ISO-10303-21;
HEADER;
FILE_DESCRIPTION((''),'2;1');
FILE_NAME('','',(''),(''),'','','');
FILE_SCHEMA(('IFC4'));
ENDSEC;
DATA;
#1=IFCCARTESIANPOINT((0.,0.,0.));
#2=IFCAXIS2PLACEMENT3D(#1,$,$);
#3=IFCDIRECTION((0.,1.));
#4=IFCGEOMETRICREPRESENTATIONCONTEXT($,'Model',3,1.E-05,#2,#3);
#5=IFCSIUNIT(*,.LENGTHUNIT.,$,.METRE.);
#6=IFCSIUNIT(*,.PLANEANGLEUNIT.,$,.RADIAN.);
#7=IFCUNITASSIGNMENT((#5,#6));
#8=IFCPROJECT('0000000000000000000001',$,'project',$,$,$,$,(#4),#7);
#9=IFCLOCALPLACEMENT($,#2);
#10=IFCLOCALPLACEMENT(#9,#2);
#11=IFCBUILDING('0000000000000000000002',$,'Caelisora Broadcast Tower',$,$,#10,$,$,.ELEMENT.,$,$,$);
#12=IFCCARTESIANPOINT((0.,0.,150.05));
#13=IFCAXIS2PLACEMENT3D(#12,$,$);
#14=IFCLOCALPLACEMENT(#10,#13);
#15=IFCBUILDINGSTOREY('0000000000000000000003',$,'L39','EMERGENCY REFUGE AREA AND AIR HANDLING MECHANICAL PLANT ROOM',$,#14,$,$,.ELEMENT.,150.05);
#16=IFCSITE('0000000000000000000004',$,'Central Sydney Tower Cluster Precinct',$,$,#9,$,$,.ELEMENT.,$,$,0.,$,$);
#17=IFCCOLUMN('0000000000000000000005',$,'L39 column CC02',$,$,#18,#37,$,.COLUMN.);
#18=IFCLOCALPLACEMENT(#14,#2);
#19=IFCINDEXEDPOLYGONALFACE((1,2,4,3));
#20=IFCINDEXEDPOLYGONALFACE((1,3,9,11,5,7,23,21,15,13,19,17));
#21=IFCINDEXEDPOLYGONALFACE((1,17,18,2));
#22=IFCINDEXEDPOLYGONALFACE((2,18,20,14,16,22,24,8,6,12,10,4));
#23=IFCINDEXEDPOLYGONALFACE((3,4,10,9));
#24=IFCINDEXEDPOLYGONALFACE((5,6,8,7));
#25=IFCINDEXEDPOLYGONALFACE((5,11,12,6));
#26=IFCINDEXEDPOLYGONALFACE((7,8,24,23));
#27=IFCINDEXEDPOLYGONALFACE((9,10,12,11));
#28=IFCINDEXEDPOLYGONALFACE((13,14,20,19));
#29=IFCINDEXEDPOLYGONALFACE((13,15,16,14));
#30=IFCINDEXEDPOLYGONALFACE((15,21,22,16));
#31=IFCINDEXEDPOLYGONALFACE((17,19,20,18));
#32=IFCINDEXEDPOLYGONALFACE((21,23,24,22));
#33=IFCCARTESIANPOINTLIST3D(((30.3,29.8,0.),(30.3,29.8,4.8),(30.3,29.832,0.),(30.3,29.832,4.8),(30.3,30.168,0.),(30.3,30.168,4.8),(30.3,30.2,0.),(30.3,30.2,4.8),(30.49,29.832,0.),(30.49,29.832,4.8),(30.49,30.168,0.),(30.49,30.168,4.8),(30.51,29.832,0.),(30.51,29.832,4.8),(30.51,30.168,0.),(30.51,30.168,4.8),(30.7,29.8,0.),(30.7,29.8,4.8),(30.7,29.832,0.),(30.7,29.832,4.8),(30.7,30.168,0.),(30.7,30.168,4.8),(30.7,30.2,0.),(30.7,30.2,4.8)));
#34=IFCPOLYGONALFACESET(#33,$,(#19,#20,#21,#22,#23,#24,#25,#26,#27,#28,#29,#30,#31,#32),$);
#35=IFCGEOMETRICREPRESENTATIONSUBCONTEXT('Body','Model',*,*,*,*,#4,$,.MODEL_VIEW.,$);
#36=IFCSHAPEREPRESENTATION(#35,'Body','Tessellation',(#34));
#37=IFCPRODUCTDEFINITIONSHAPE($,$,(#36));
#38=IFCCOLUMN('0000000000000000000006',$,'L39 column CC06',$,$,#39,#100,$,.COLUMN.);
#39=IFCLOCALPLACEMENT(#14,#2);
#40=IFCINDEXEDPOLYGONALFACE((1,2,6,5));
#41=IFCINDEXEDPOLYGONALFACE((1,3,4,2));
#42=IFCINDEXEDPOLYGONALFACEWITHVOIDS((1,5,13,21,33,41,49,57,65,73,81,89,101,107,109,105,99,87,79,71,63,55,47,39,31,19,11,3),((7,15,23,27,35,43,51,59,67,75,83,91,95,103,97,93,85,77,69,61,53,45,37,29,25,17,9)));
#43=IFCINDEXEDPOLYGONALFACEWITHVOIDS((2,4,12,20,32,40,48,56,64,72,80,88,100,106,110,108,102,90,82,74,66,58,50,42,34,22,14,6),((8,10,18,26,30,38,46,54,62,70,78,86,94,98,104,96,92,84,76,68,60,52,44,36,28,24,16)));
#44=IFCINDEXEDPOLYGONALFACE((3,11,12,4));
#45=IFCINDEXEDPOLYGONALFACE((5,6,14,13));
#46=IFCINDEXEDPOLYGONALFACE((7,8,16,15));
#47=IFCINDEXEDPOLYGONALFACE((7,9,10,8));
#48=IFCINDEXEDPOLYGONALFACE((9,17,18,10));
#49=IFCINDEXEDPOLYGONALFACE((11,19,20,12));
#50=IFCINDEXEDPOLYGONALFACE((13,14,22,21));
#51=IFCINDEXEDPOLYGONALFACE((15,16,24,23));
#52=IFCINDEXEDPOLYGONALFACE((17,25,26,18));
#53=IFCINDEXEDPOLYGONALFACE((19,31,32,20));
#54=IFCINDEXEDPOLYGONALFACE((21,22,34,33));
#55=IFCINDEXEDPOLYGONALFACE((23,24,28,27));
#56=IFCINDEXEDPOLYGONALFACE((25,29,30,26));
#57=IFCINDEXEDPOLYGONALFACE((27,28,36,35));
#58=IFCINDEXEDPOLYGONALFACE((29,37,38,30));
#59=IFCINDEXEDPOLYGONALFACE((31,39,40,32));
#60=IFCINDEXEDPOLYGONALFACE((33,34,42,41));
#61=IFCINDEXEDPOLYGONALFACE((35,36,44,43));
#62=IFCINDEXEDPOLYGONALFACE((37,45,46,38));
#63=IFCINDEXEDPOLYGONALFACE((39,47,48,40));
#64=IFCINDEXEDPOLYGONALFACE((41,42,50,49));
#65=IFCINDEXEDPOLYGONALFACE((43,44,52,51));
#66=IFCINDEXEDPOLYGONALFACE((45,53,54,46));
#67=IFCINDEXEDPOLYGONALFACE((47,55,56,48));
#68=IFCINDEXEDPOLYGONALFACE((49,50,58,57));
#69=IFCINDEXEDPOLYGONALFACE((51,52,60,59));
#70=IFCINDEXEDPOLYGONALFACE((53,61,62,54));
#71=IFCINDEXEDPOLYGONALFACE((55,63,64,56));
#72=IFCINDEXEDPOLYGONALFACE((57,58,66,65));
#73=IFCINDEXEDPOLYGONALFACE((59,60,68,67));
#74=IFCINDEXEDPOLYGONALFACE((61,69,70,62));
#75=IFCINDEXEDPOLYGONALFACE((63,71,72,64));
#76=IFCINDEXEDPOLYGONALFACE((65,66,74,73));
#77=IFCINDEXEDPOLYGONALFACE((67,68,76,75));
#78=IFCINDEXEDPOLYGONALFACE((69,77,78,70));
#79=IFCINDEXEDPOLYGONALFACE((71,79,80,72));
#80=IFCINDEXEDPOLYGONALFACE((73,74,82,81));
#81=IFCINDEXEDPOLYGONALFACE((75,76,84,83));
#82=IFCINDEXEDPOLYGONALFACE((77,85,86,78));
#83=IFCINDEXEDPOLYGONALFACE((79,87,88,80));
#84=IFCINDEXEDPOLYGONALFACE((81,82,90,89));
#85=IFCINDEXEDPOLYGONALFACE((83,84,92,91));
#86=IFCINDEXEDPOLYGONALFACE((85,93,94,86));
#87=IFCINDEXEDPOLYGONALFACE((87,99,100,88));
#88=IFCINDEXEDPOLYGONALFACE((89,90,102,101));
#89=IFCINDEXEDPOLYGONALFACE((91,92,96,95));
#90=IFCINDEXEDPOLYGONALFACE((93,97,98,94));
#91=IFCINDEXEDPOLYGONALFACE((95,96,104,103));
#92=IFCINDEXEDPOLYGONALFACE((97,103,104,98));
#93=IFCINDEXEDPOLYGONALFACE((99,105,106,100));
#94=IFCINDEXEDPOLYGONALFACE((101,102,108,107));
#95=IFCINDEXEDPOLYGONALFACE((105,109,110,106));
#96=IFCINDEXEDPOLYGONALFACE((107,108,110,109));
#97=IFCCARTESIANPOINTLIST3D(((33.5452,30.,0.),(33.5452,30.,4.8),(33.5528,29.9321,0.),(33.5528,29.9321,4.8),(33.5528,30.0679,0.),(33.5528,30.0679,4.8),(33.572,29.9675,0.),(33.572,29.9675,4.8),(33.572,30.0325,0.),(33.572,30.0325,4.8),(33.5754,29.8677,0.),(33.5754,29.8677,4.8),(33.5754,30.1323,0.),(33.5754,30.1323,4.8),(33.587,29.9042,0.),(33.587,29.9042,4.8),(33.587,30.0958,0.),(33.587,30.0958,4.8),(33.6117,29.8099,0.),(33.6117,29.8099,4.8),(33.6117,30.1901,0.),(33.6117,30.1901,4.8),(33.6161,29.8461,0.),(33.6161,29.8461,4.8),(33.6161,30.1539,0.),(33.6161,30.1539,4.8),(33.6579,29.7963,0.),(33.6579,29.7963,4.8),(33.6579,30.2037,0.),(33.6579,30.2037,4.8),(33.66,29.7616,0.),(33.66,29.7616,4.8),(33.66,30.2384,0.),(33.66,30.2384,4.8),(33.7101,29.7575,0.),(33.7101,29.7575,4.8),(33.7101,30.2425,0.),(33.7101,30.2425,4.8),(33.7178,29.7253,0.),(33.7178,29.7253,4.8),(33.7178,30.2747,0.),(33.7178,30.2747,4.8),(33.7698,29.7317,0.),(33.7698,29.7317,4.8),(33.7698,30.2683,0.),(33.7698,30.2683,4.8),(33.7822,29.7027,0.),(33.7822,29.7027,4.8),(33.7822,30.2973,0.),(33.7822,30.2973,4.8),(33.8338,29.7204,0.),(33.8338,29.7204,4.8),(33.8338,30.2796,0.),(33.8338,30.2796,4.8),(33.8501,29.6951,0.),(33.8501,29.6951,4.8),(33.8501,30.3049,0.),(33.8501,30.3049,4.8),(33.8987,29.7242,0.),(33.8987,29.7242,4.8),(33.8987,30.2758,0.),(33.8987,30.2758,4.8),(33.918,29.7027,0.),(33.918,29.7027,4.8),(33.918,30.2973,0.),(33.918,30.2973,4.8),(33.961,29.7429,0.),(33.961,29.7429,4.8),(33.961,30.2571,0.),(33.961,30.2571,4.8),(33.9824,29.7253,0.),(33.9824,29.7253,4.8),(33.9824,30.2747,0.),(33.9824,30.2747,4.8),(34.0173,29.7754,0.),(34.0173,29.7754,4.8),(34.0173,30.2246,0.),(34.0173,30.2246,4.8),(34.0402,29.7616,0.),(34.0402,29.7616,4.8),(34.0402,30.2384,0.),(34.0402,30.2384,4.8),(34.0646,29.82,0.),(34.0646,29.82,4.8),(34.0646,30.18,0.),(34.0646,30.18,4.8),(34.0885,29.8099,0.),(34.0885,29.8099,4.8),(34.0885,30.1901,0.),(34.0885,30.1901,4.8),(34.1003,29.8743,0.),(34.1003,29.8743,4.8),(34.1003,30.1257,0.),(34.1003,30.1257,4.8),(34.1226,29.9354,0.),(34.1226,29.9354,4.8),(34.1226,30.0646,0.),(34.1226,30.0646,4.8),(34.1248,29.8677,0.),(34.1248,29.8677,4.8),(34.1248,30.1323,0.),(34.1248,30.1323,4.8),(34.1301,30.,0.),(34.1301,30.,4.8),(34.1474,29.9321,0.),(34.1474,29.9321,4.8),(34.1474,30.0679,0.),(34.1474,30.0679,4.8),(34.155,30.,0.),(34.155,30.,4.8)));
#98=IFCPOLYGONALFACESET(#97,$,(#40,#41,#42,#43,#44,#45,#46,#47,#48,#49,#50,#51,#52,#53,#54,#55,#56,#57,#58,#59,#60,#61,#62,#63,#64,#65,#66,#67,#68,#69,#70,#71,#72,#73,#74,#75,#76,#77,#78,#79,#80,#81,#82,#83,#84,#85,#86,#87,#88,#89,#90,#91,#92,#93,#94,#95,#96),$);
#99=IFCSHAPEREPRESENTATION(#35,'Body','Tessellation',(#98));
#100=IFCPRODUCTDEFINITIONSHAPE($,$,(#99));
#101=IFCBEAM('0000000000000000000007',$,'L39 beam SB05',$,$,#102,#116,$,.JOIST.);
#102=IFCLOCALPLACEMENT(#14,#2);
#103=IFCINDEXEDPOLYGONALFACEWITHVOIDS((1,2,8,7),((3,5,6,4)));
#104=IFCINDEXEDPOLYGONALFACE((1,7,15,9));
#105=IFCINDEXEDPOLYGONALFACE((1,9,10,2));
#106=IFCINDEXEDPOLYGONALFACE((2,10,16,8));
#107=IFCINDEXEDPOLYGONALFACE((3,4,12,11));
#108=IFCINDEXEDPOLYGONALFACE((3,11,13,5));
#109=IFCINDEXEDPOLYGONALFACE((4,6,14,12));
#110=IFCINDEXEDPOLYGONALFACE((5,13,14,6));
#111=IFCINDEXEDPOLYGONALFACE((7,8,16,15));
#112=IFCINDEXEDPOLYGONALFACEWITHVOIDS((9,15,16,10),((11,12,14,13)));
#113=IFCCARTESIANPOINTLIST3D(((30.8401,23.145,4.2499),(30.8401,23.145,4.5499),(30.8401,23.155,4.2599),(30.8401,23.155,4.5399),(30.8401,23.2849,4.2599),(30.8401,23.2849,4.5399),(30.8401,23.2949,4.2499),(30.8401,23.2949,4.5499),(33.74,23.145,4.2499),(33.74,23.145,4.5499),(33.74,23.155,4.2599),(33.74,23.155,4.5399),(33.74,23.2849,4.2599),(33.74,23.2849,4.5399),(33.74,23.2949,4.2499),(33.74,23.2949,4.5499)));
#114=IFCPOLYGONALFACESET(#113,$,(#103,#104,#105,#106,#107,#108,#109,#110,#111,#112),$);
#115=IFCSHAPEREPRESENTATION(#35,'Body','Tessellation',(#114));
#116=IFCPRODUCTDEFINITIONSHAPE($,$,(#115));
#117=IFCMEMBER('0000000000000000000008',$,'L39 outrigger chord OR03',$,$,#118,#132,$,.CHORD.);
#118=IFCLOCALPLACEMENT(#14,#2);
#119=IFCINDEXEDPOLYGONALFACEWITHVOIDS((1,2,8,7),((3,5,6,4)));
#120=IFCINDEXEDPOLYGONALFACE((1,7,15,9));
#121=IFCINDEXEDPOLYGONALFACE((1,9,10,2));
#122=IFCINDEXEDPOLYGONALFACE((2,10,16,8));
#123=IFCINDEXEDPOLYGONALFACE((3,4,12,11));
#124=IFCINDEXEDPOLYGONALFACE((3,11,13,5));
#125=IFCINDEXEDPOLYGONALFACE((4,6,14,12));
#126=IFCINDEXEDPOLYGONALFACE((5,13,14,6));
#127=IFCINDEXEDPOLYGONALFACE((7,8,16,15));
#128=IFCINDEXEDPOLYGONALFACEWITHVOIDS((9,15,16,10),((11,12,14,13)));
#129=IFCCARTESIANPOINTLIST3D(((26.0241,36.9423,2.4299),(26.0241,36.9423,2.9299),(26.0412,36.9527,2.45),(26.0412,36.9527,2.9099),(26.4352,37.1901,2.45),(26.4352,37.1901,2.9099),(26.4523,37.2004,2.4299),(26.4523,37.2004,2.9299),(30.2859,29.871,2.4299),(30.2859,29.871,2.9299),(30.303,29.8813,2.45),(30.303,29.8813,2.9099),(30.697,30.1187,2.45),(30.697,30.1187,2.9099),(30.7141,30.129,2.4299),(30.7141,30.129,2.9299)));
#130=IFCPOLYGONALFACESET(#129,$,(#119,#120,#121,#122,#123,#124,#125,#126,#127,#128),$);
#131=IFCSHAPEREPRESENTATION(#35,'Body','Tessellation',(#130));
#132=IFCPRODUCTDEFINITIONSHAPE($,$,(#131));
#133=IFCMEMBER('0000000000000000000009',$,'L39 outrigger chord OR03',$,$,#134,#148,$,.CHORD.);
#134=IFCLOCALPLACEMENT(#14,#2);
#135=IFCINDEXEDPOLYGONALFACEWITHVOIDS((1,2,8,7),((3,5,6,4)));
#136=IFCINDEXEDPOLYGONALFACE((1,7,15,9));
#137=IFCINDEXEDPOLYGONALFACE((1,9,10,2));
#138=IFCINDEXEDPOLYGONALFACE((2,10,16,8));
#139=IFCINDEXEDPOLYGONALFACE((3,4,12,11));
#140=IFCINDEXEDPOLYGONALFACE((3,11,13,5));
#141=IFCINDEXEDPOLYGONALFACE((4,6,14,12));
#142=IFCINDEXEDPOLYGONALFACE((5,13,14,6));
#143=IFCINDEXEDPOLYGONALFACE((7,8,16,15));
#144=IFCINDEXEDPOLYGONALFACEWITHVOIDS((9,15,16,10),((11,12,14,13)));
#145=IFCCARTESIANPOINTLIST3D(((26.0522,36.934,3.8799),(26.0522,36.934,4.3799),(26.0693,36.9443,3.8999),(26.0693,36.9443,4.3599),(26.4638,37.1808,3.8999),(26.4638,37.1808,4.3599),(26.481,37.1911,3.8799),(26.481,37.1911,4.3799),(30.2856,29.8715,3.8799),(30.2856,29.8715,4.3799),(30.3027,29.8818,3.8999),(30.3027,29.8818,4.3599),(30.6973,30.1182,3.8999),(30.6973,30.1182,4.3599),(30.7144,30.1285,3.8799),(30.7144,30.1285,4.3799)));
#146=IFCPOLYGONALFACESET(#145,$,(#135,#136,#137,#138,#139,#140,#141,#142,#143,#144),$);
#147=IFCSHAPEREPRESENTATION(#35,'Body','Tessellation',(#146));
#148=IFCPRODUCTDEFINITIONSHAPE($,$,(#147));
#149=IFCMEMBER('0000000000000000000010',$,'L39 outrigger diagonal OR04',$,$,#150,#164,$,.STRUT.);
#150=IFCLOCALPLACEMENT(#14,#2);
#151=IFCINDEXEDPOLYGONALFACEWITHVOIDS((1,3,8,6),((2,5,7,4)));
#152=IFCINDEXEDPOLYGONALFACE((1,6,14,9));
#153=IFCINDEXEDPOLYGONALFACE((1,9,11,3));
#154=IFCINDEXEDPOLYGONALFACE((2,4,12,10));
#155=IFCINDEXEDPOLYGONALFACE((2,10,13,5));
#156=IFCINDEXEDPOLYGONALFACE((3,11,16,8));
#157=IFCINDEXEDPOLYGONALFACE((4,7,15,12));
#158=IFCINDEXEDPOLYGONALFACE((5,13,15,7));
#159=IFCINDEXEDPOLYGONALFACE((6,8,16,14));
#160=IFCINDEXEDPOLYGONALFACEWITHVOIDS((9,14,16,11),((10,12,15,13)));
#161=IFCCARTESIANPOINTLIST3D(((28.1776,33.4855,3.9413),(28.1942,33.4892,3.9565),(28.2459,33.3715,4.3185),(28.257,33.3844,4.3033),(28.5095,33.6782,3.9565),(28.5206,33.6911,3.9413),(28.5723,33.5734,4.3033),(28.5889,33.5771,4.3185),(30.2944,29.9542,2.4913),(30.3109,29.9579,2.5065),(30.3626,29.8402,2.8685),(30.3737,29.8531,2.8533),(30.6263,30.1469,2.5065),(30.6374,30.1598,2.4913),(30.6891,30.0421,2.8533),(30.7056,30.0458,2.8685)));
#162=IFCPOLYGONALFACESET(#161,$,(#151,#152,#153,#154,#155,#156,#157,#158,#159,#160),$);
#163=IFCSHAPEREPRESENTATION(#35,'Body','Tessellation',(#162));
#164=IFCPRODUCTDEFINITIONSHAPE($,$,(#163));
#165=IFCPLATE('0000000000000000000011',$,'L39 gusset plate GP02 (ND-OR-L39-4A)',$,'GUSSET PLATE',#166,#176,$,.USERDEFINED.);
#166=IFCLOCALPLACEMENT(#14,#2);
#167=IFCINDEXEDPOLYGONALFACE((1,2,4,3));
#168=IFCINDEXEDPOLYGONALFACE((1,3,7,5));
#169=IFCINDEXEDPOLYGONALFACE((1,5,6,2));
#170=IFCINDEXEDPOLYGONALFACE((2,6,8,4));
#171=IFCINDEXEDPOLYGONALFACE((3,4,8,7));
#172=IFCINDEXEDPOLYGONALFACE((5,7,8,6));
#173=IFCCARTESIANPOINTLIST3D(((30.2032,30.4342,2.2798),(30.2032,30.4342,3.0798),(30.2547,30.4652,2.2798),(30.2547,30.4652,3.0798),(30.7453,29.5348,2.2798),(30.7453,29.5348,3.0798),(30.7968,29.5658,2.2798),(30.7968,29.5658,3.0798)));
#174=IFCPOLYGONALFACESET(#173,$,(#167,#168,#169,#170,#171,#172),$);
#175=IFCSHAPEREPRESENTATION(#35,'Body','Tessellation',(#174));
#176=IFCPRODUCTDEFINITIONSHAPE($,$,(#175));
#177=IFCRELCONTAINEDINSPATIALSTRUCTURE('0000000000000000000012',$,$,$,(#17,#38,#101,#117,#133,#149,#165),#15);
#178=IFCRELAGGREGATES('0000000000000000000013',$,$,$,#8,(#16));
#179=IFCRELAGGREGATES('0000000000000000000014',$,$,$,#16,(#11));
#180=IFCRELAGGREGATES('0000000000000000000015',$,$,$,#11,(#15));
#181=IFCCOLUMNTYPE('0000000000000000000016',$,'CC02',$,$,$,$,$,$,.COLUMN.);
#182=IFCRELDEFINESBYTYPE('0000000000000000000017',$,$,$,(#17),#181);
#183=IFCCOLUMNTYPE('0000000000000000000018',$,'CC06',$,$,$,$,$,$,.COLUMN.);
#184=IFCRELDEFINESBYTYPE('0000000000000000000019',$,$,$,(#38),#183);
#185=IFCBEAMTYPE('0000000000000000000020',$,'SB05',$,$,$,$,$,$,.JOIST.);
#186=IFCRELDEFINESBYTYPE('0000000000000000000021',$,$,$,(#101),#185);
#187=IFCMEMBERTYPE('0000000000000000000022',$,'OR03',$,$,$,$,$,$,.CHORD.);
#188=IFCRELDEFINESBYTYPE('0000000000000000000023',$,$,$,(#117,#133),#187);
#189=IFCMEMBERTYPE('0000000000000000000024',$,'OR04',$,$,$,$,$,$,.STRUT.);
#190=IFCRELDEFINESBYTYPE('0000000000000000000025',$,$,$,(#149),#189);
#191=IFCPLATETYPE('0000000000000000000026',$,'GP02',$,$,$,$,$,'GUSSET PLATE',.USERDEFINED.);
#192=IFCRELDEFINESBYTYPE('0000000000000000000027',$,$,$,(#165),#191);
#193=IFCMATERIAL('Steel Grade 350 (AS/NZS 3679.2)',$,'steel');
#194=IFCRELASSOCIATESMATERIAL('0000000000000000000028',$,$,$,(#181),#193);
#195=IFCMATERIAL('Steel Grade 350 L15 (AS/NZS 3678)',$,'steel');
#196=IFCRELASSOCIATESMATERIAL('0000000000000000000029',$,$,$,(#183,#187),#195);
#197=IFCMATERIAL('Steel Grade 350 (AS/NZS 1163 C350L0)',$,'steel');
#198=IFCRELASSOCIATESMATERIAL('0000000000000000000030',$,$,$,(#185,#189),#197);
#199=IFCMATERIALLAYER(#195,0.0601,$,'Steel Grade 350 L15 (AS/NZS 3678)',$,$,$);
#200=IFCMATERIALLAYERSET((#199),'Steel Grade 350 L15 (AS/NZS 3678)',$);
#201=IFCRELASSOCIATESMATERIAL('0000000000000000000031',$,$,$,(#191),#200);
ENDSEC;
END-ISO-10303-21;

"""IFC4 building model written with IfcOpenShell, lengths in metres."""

from ifc_helpers import new_model, si_unit, direction, frame, origin, origin_2d, place, context, subcontext, project, spatial, rectangle, hollow_rectangle, hollow_circle, i_section, extrude, source, transform, mapped, material, layer, layer_set, material_profile, profile_set, type_object, type_shapes, element, save


model = new_model("IFC4")

# Units and contexts
model_context = context("Model", 3, precision=1e-05, world=origin(), true_north=direction((0.0, 1.0)))
body_context = subcontext(model_context, "Body", "Model", "MODEL_VIEW")
ifc_project = project(units=[si_unit("LENGTHUNIT", "METRE"), si_unit("PLANEANGLEUNIT", "RADIAN")], contexts=[model_context])

# Site, building, storey
site_placement = place(None, origin())
site = spatial("IfcSite", under=ifc_project, at=site_placement, Name="Central Sydney Tower Cluster Precinct", CompositionType="ELEMENT", RefElevation=0.0)
building_placement = place(site_placement, origin())
building = spatial("IfcBuilding", under=site, at=building_placement, Name="Caelisora Broadcast Tower", CompositionType="ELEMENT")
storey_placement = place(building_placement, frame((0.0, 0.0, 150.05)))
storey = spatial("IfcBuildingStorey", under=building, at=storey_placement, Name="L39", Description="EMERGENCY REFUGE AREA AND AIR HANDLING MECHANICAL PLANT ROOM", CompositionType="ELEMENT", Elevation=150.05)

# Columns
ifc_material_1 = material(Name="Steel Grade 350 (AS/NZS 3679.2)", Category="steel")
ifc_material_profile_1 = material_profile(ifc_material_1, i_section(OverallWidth=0.3999, OverallDepth=0.3999, WebThickness=0.02, FlangeThickness=0.032, at=origin_2d()), Name="Steel Grade 350 (AS/NZS 3679.2)")
ifc_profile_set_1 = profile_set([ifc_material_profile_1], Name="Steel Grade 350 (AS/NZS 3679.2)")
column_type_1 = type_object("IfcColumnType", Name="CC02", PredefinedType="COLUMN", material=ifc_profile_set_1)
shared_shape_1 = source(origin(), body_context, "Body", "SweptSolid", [
    extrude(i_section(OverallWidth=0.3999, OverallDepth=0.3999, WebThickness=0.02, FlangeThickness=0.032, at=origin_2d()), origin(), (0.0, 0.0, 1.0), 4.8),
])
type_shapes(column_type_1, [shared_shape_1])
column_1_placement = place(storey_placement, frame((30.5, 30.0, 0.0), z_axis=(0.0, 0.0, 1.0), x_axis=(1.0, 0.0, 0.0)))
element("IfcColumn", 1, at=column_1_placement, inside=storey, type_object=column_type_1, Name="L39 column CC02", PredefinedType="COLUMN", context=body_context, shape_type="MappedRepresentation", body=[
    mapped(shared_shape_1, transform((0.0, 0.0, 0.0), scale=1.0)),
])
ifc_material_2 = material(Name="Steel Grade 350 L15 (AS/NZS 3678)", Category="steel")
ifc_material_profile_2 = material_profile(ifc_material_2, hollow_circle(Radius=0.3049, WallThickness=0.0249, at=origin_2d()), Name="Steel Grade 350 L15 (AS/NZS 3678)")
ifc_profile_set_2 = profile_set([ifc_material_profile_2], Name="Steel Grade 350 L15 (AS/NZS 3678)")
column_type_2 = type_object("IfcColumnType", Name="CC06", PredefinedType="COLUMN", material=ifc_profile_set_2)
shared_shape_2 = source(origin(), body_context, "Body", "SweptSolid", [
    extrude(hollow_circle(Radius=0.3049, WallThickness=0.0249, at=origin_2d()), origin(), (0.0, 0.0, 1.0), 4.8),
])
type_shapes(column_type_2, [shared_shape_2])
column_2_placement = place(storey_placement, frame((33.8501, 30.0, 0.0), z_axis=(0.0, 0.0, 1.0), x_axis=(1.0, 0.0, 0.0)))
element("IfcColumn", 2, at=column_2_placement, inside=storey, type_object=column_type_2, Name="L39 column CC06", PredefinedType="COLUMN", context=body_context, shape_type="MappedRepresentation", body=[
    mapped(shared_shape_2, transform((0.0, 0.0, 0.0), scale=1.0)),
])

# Beam
ifc_material_3 = material(Name="Steel Grade 350 (AS/NZS 1163 C350L0)", Category="steel")
ifc_material_profile_3 = material_profile(ifc_material_3, hollow_rectangle(XDim=0.1499, YDim=0.3, WallThickness=0.01, at=origin_2d()), Name="Steel Grade 350 (AS/NZS 1163 C350L0)")
ifc_profile_set_3 = profile_set([ifc_material_profile_3], Name="Steel Grade 350 (AS/NZS 1163 C350L0)")
beam_type = type_object("IfcBeamType", Name="SB05", PredefinedType="JOIST", material=ifc_profile_set_3)
shared_shape_3 = source(origin(), body_context, "Body", "SweptSolid", [
    extrude(hollow_rectangle(XDim=0.1499, YDim=0.3, WallThickness=0.01, at=origin_2d()), origin(), (0.0, 0.0, 1.0), 2.8999),
])
type_shapes(beam_type, [shared_shape_3])
beam_placement = place(storey_placement, frame((30.8401, 23.22, 4.3999), z_axis=(1.0, 0.0, 0.0), x_axis=(0.0, 1.0, 0.0)))
element("IfcBeam", 3, at=beam_placement, inside=storey, type_object=beam_type, Name="L39 beam SB05", PredefinedType="JOIST", context=body_context, shape_type="MappedRepresentation", body=[
    mapped(shared_shape_3, transform((0.0, 0.0, 0.0), scale=1.0)),
])

# Members
ifc_material_profile_4 = material_profile(ifc_material_2, hollow_rectangle(XDim=0.5, YDim=0.5, WallThickness=0.02, at=origin_2d()), Name="Steel Grade 350 L15 (AS/NZS 3678)")
ifc_profile_set_4 = profile_set([ifc_material_profile_4], Name="Steel Grade 350 L15 (AS/NZS 3678)")
member_type_1 = type_object("IfcMemberType", Name="OR03", PredefinedType="CHORD", material=ifc_profile_set_4)
shared_shape_4 = source(origin(), body_context, "Body", "SweptSolid", [
    extrude(hollow_rectangle(XDim=0.5, YDim=0.5, WallThickness=0.02, at=origin_2d()), origin(), (0.0, 0.0, 1.0), 8.2563),
])
member_1_placement = place(storey_placement, frame((30.5, 30.0, 2.6799), z_axis=(-0.516182, 0.856479, 0.0), x_axis=(-0.856479, -0.516182, 0.0)))
element("IfcMember", 4, at=member_1_placement, inside=storey, type_object=member_type_1, Name="L39 outrigger chord OR03", PredefinedType="CHORD", context=body_context, shape_type="MappedRepresentation", body=[
    mapped(shared_shape_4, transform((0.0, 0.0, 0.0), scale=1.0)),
])
shared_shape_5 = source(origin(), body_context, "Body", "SweptSolid", [
    extrude(hollow_rectangle(XDim=0.5, YDim=0.5, WallThickness=0.02, at=origin_2d()), origin(), (0.0, 0.0, 1.0), 8.2341),
])
type_shapes(member_type_1, [shared_shape_4, shared_shape_5])
member_2_placement = place(storey_placement, frame((30.5, 30.0, 4.1299), z_axis=(-0.514129, 0.857713, 0.0), x_axis=(-0.857713, -0.514129, 0.0)))
element("IfcMember", 5, at=member_2_placement, inside=storey, type_object=member_type_1, Name="L39 outrigger chord OR03", PredefinedType="CHORD", context=body_context, shape_type="MappedRepresentation", body=[
    mapped(shared_shape_5, transform((0.0, 0.0, 0.0), scale=1.0)),
])
ifc_material_profile_5 = material_profile(ifc_material_3, hollow_rectangle(XDim=0.3999, YDim=0.3999, WallThickness=0.0161, at=origin_2d()), Name="Steel Grade 350 (AS/NZS 1163 C350L0)")
ifc_profile_set_5 = profile_set([ifc_material_profile_5], Name="Steel Grade 350 (AS/NZS 1163 C350L0)")
member_type_2 = type_object("IfcMemberType", Name="OR04", PredefinedType="STRUT", material=ifc_profile_set_5)
shared_shape_6 = source(origin(), body_context, "Body", "SweptSolid", [
    extrude(hollow_rectangle(XDim=0.3999, YDim=0.3999, WallThickness=0.0161, at=origin_2d()), origin(), (0.0, 0.0, 1.0), 4.365),
])
type_shapes(member_type_2, [shared_shape_6])
member_3_placement = place(storey_placement, frame((30.5, 30.0, 2.6799), z_axis=(-0.484935, 0.809007, 0.332183), x_axis=(-0.857713, -0.514129, 0.0)))
element("IfcMember", 6, at=member_3_placement, inside=storey, type_object=member_type_2, Name="L39 outrigger diagonal OR04", PredefinedType="STRUT", context=body_context, shape_type="MappedRepresentation", body=[
    mapped(shared_shape_6, transform((0.0, 0.0, 0.0), scale=1.0)),
])

# Plate
ifc_layer_1 = layer(ifc_material_2, 0.0601, Name="Steel Grade 350 L15 (AS/NZS 3678)")
ifc_layer_set_1 = layer_set([ifc_layer_1], Name="Steel Grade 350 L15 (AS/NZS 3678)")
plate_type = type_object("IfcPlateType", Name="GP02", ElementType="GUSSET PLATE", PredefinedType="USERDEFINED", material=ifc_layer_set_1)
shared_shape_7 = source(origin(), body_context, "Body", "SweptSolid", [
    extrude(rectangle(XDim=1.05, YDim=0.0601, at=origin_2d()), origin(), (0.0, 0.0, 1.0), 0.8),
])
type_shapes(plate_type, [shared_shape_7])
plate_placement = place(storey_placement, frame((30.5, 30.0, 2.2798), z_axis=(0.0, 0.0, 1.0), x_axis=(-0.516234, 0.856447, 0.0)))
element("IfcPlate", 7, at=plate_placement, inside=storey, type_object=plate_type, Name="L39 gusset plate GP02 (ND-OR-L39-4A)", ObjectType="GUSSET PLATE", PredefinedType="USERDEFINED", context=body_context, shape_type="MappedRepresentation", body=[
    mapped(shared_shape_7, transform((0.0, 0.0, 0.0), scale=1.0)),
])

save(model, "model.ifc")
